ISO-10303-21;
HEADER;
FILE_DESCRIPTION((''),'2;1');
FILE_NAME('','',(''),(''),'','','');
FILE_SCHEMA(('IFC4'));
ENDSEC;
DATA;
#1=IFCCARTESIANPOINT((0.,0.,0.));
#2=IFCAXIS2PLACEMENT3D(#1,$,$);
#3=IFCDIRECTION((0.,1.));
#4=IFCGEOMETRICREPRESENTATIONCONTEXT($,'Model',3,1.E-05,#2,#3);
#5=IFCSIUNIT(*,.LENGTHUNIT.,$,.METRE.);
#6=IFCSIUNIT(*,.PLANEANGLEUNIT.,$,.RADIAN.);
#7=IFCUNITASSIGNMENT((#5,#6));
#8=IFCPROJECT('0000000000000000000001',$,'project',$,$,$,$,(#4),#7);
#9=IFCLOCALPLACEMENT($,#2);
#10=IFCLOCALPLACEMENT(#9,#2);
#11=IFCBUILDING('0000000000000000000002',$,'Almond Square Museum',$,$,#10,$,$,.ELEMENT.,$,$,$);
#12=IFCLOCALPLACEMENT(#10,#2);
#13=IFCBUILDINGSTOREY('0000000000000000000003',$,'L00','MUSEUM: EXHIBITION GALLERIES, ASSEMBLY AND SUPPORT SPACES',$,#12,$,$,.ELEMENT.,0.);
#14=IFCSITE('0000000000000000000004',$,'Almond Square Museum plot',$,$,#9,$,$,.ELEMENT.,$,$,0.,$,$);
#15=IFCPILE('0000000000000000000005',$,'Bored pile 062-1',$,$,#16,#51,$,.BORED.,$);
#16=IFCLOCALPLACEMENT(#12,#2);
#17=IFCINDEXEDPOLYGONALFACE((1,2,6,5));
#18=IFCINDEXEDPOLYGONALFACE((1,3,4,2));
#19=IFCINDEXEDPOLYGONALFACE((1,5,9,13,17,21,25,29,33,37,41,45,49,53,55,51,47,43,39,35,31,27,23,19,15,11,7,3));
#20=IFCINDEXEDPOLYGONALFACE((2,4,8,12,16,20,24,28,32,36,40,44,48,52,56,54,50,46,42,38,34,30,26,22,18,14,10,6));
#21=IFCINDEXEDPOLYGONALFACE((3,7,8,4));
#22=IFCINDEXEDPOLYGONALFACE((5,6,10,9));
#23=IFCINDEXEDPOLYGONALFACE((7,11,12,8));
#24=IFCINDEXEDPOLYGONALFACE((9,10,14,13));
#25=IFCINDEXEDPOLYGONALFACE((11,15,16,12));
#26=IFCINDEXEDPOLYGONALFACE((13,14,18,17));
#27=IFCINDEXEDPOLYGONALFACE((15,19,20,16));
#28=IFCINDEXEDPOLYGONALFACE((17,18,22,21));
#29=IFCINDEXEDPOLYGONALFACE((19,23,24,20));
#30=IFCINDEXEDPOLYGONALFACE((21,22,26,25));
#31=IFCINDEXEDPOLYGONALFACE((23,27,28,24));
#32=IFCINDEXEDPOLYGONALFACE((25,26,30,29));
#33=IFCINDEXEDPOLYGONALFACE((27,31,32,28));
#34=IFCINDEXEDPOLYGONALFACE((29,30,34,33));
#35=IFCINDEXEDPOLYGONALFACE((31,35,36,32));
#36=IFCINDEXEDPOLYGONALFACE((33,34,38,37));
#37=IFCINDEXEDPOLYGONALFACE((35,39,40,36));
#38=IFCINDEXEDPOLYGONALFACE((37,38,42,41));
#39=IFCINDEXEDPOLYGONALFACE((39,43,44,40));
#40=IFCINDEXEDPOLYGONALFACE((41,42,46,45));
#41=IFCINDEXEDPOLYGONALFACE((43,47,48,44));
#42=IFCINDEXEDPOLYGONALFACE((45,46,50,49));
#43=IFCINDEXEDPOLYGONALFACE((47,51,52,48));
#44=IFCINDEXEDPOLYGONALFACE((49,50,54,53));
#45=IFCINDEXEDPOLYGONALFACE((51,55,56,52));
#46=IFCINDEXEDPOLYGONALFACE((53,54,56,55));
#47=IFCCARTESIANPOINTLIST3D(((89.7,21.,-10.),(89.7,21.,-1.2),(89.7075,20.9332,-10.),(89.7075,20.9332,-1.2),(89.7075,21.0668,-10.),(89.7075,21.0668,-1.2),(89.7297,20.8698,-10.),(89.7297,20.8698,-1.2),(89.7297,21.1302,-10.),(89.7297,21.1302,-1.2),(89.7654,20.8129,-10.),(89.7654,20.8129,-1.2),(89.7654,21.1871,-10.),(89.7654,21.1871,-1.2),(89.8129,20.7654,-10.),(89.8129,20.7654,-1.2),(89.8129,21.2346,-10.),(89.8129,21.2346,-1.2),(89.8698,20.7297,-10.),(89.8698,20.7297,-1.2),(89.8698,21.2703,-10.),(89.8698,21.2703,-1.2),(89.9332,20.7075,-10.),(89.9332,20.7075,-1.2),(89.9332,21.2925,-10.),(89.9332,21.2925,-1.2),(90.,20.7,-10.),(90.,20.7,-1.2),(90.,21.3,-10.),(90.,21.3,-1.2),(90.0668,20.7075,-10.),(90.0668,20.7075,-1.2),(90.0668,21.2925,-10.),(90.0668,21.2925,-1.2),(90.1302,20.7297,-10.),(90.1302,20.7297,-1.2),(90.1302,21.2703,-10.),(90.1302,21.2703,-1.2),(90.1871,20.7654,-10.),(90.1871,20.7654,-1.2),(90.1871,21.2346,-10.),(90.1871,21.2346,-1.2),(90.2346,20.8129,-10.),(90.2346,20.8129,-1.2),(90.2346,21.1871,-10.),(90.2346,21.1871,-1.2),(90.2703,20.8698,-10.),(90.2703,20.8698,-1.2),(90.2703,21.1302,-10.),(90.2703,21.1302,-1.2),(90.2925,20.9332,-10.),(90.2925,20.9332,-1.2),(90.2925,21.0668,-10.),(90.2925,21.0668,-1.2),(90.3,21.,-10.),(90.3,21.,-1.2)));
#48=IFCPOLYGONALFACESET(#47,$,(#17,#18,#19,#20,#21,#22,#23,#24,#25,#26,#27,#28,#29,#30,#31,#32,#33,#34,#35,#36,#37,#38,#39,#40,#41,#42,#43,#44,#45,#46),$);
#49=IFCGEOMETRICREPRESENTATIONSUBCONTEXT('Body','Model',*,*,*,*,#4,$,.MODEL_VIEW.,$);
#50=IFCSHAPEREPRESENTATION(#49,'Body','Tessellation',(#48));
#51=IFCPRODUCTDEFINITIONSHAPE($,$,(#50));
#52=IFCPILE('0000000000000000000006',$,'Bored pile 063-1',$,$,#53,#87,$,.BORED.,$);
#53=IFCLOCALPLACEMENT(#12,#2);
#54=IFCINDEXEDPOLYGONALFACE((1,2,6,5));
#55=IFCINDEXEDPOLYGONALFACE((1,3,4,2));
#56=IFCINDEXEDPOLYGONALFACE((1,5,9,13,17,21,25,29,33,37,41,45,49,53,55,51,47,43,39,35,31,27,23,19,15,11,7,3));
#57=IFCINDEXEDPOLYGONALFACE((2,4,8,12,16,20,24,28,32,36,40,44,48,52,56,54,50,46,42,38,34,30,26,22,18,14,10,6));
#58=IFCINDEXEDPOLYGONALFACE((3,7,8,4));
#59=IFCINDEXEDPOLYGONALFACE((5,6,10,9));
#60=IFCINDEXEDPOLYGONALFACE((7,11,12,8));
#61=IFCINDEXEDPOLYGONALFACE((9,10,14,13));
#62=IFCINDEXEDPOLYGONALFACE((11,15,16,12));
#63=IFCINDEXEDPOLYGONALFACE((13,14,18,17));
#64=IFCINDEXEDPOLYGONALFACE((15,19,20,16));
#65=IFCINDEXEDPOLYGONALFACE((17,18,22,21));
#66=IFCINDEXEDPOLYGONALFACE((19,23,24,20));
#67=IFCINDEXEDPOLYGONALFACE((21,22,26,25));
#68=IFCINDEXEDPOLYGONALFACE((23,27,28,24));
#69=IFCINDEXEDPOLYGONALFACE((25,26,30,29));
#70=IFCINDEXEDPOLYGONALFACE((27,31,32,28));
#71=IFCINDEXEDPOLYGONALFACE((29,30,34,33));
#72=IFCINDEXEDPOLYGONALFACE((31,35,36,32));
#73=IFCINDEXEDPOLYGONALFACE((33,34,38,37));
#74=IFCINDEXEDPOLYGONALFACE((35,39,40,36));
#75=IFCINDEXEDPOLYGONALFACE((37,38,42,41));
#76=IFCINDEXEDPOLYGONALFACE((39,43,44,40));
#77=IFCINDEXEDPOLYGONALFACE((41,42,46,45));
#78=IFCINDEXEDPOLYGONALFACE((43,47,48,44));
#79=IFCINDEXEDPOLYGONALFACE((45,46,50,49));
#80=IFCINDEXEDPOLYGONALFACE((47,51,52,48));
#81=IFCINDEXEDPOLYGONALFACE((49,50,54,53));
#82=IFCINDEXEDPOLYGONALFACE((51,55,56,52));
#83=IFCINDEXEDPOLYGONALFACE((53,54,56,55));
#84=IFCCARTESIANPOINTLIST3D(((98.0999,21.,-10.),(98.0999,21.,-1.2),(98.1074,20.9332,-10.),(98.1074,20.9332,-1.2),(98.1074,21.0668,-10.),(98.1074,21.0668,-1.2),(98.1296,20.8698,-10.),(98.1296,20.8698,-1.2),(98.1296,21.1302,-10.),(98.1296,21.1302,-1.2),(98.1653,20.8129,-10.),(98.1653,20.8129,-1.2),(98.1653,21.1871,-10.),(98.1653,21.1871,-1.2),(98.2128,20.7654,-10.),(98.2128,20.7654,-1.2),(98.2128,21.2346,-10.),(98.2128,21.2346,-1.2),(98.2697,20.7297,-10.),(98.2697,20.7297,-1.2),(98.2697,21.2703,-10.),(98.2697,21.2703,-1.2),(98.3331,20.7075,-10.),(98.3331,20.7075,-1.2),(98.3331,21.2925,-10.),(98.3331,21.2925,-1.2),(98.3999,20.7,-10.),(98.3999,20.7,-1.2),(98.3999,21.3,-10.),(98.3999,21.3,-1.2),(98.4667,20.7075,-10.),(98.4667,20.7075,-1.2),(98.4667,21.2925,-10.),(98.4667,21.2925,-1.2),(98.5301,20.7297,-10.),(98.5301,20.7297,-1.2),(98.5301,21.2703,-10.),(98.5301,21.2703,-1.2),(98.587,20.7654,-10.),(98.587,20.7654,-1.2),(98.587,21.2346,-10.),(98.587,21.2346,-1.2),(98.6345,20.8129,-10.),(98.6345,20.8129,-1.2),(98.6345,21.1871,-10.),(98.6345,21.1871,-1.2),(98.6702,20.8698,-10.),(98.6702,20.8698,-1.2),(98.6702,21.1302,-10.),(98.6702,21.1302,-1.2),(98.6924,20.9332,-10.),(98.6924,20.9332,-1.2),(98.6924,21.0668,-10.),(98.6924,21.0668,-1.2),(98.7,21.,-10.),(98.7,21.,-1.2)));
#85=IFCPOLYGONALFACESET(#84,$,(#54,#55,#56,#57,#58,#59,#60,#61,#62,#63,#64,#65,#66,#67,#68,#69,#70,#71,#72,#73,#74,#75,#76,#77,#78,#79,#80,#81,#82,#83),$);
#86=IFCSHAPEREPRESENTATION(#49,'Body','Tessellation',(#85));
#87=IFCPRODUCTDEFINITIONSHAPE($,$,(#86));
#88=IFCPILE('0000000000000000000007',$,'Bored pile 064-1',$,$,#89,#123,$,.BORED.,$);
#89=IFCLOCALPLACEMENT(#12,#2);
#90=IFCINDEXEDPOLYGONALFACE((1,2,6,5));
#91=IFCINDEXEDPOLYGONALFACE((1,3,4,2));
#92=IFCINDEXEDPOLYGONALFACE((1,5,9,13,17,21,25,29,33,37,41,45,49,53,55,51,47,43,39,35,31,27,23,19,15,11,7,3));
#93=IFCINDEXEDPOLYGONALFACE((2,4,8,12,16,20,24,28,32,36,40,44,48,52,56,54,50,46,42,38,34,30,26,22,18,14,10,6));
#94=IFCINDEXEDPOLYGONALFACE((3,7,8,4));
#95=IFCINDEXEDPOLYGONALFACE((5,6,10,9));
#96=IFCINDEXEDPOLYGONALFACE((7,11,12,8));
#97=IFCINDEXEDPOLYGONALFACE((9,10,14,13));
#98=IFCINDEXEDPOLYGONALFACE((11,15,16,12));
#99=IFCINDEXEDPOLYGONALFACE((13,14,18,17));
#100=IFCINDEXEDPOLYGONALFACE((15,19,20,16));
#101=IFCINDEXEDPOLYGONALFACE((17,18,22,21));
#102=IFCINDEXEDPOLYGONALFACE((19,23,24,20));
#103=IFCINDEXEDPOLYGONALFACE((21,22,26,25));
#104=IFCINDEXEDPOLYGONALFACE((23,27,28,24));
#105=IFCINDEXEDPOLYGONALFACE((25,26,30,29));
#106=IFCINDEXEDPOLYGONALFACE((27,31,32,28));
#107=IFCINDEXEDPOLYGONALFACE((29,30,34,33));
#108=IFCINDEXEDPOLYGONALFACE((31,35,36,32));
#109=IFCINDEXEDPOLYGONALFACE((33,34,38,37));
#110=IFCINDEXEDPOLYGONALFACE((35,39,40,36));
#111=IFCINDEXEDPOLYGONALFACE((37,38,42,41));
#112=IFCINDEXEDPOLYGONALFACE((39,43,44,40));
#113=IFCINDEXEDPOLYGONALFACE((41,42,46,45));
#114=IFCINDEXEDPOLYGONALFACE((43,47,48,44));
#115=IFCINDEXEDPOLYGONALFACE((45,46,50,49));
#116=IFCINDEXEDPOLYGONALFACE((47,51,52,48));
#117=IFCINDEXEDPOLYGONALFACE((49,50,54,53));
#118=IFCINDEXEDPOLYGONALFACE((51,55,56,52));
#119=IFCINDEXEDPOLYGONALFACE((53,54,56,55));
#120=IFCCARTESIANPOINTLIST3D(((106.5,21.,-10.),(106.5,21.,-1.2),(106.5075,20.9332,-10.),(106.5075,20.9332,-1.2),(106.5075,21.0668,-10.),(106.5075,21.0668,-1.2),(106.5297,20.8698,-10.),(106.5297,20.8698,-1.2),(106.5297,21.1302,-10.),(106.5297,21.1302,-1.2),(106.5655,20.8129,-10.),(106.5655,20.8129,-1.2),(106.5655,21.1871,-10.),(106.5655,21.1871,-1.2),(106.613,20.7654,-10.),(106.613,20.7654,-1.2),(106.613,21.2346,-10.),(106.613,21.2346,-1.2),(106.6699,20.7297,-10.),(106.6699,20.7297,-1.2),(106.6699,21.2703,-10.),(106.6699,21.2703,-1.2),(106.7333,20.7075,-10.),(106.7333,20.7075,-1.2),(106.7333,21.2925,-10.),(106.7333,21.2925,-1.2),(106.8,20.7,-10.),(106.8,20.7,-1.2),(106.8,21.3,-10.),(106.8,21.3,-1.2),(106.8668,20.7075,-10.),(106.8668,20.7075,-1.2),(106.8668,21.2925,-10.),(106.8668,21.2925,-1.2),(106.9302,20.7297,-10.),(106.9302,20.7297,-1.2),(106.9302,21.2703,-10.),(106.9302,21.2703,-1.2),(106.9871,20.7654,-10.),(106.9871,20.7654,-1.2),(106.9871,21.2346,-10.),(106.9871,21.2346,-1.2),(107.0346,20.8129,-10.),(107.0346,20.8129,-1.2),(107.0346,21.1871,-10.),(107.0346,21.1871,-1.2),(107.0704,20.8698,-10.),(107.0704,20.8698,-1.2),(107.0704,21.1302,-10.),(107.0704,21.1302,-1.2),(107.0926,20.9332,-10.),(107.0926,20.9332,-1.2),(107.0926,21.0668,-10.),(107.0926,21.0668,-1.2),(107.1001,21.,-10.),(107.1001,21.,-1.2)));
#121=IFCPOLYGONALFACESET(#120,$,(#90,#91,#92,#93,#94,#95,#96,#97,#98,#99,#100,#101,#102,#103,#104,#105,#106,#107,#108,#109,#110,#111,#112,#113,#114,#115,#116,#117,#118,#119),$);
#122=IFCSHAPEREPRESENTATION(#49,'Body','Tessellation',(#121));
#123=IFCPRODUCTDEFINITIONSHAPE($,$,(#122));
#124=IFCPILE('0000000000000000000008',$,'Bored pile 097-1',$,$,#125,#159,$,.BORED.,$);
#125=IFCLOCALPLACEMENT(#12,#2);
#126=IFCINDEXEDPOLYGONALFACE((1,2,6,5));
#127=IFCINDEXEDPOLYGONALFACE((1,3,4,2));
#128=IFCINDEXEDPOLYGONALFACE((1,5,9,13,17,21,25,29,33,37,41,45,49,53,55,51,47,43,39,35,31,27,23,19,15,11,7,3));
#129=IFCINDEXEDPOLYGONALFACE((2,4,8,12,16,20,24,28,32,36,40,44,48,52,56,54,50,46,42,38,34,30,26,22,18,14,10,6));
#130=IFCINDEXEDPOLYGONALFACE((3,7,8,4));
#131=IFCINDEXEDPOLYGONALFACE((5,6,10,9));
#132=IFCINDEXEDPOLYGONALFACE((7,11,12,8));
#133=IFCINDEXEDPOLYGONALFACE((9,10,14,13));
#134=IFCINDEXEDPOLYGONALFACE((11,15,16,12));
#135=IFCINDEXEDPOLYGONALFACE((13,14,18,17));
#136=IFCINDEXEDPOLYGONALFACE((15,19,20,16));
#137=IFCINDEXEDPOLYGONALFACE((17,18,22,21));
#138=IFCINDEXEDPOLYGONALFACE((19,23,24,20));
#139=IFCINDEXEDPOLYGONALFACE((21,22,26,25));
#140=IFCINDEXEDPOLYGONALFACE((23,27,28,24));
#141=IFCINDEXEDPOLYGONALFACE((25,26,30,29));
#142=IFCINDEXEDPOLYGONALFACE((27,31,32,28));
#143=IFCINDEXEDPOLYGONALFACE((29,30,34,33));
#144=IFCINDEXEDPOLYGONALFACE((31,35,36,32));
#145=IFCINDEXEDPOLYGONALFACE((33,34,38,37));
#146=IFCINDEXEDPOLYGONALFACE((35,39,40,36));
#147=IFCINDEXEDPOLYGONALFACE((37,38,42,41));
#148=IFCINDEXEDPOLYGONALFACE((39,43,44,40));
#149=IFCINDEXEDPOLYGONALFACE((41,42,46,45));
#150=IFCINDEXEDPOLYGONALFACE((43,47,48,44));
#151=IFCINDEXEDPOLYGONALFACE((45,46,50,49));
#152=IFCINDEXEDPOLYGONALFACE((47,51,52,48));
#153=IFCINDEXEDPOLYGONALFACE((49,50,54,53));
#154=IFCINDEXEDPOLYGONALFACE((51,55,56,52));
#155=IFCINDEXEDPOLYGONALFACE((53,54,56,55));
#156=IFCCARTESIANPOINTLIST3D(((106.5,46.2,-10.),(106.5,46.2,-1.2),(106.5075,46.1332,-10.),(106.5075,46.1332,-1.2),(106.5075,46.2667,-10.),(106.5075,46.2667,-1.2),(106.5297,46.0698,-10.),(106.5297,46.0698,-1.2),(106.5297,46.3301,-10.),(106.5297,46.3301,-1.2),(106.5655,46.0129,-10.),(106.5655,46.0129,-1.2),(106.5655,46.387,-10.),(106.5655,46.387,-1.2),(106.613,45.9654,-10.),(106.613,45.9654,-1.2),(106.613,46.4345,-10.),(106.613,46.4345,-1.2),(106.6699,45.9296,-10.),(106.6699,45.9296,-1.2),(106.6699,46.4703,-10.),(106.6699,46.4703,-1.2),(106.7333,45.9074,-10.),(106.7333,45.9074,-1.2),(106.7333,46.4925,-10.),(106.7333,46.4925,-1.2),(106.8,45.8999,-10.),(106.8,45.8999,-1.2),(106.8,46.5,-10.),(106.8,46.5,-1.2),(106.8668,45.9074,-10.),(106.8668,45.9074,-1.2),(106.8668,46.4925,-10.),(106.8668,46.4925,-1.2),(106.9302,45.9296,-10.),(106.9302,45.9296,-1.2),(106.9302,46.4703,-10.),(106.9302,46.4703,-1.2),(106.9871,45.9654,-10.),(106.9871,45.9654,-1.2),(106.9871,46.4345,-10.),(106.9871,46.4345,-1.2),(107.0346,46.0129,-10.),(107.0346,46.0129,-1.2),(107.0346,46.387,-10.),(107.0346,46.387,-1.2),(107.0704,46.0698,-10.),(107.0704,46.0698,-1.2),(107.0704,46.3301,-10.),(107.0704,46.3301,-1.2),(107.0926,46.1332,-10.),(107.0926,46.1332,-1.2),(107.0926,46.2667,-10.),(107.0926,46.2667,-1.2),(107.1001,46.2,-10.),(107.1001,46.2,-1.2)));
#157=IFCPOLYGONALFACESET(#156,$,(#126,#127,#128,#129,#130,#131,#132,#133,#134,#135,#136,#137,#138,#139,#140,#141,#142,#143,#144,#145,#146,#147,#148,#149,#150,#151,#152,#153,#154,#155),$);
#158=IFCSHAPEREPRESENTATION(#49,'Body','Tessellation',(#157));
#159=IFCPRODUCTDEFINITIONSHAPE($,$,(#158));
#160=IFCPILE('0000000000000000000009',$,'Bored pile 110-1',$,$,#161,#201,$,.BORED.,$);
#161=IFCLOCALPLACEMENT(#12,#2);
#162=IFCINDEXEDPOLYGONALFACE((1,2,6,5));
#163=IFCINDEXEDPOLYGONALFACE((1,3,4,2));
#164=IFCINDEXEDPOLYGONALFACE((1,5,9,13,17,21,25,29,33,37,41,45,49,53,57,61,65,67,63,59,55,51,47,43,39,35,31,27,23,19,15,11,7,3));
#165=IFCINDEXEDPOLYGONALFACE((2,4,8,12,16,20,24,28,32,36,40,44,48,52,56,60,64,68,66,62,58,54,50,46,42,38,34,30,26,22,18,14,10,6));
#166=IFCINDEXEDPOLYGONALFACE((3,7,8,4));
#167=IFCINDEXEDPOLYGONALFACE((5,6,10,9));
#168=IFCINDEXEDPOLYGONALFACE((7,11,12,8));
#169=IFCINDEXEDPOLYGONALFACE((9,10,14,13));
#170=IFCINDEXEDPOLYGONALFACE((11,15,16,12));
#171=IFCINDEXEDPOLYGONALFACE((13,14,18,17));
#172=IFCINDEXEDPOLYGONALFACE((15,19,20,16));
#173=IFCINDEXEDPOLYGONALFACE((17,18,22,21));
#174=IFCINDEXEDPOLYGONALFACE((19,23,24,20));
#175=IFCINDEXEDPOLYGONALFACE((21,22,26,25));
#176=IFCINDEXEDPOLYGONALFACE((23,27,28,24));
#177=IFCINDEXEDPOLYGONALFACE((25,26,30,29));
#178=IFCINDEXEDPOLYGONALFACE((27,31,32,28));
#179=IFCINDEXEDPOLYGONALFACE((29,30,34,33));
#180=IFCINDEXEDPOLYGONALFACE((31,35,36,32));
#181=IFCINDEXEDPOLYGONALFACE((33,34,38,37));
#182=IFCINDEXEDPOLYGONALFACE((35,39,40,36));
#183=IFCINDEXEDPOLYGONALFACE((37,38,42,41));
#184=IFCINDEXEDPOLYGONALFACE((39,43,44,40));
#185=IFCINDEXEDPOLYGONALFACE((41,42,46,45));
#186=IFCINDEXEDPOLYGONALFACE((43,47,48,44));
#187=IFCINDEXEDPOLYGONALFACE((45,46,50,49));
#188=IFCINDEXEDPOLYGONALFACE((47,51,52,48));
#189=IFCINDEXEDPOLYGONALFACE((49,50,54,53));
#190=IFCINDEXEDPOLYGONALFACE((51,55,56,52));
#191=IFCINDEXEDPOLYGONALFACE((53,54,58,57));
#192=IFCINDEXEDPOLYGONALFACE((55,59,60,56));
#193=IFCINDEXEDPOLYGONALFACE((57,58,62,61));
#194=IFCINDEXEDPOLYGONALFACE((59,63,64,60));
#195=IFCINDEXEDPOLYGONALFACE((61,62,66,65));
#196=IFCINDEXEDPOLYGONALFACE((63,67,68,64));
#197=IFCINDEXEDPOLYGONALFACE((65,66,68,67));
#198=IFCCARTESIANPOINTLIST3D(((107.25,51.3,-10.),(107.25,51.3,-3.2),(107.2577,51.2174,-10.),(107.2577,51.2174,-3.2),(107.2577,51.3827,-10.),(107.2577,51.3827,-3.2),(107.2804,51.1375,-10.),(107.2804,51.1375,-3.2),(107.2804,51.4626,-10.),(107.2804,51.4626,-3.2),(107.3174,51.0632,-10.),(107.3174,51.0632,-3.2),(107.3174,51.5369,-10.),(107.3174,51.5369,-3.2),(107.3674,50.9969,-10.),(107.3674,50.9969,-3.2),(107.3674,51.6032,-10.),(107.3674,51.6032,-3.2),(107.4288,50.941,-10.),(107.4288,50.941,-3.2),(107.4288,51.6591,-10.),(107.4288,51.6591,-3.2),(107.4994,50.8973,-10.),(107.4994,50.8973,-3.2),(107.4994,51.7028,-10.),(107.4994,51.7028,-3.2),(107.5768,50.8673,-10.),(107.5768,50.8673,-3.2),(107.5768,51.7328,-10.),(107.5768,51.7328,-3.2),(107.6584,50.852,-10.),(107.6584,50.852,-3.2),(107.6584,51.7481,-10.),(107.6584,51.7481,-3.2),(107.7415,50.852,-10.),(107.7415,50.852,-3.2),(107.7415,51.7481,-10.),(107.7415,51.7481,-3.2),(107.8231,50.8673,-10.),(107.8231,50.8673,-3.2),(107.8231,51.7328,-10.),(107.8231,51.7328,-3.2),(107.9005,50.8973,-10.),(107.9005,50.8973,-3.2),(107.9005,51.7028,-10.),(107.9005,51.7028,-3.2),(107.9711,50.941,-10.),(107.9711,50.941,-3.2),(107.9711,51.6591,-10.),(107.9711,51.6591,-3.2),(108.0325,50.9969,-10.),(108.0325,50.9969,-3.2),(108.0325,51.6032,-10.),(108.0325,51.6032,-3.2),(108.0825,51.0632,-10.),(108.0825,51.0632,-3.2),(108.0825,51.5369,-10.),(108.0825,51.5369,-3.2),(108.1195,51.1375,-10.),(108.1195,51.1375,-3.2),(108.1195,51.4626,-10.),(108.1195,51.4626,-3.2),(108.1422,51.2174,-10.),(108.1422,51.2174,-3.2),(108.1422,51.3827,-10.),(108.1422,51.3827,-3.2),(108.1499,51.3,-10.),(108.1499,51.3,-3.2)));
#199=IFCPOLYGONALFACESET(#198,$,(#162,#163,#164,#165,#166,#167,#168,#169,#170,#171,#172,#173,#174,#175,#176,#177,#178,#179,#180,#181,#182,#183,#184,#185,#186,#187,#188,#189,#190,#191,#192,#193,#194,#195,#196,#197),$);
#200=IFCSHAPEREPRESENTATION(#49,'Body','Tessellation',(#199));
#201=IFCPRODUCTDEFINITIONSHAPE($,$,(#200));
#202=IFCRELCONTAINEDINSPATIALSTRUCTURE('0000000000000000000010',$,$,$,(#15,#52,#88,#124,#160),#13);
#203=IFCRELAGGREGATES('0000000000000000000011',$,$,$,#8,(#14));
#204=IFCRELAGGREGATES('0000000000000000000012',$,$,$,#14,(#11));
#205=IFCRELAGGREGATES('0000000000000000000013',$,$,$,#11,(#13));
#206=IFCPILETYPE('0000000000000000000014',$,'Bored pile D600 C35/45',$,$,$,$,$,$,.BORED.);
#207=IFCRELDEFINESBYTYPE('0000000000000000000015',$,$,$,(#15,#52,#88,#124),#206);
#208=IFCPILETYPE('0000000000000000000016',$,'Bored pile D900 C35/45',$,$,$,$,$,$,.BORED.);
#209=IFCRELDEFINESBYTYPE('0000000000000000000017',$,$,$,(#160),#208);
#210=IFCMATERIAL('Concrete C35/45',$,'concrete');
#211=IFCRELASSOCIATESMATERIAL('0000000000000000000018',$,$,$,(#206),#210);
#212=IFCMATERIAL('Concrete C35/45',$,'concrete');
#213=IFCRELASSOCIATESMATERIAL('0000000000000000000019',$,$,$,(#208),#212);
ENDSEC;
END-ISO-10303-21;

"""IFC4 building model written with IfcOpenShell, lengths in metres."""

from ifc_helpers import new_model, si_unit, direction, frame, origin, origin_2d, place, context, subcontext, project, spatial, circle, extrude, material, material_profile, profile_set, type_object, element, save


model = new_model("IFC4")

# Units and contexts
model_context = context("Model", 3, precision=1e-05, world=origin(), true_north=direction((0.0, 1.0)))
body_context = subcontext(model_context, "Body", "Model", "MODEL_VIEW")
ifc_project = project(units=[si_unit("LENGTHUNIT", "METRE"), si_unit("PLANEANGLEUNIT", "RADIAN")], contexts=[model_context])

# Site, building, storey
site_placement = place(None, origin())
site = spatial("IfcSite", under=ifc_project, at=site_placement, Name="Almond Square Museum plot", CompositionType="ELEMENT", RefElevation=0.0)
building_placement = place(site_placement, origin())
building = spatial("IfcBuilding", under=site, at=building_placement, Name="Almond Square Museum", CompositionType="ELEMENT")
storey_placement = place(building_placement, origin())
storey = spatial("IfcBuildingStorey", under=building, at=storey_placement, Name="L00", Description="MUSEUM: EXHIBITION GALLERIES, ASSEMBLY AND SUPPORT SPACES", CompositionType="ELEMENT", Elevation=0.0)

# Piles
ifc_material_1 = material(Name="Concrete C35/45", Category="concrete")
ifc_material_profile_1 = material_profile(ifc_material_1, circle(Radius=0.3, at=origin_2d()))
ifc_profile_set_1 = profile_set([ifc_material_profile_1], Name="Concrete C35/45")
pile_type_1 = type_object("IfcPileType", Name="Bored pile D600 C35/45", PredefinedType="BORED", material=ifc_profile_set_1)
for number, where, z_axis, x_axis, name in (
    (1, (90.0, 21.0, -1.2), (0.0, 0.0, -1.0), (1.0, 0.0, 0.0), "Bored pile 062-1"),
    (2, (98.3999, 21.0, -1.2), (0.0, 0.0, -1.0), (1.0, 0.0, 0.0), "Bored pile 063-1"),
    (3, (106.8, 21.0, -1.2), (0.0, 0.0, -1.0), (1.0, 0.0, 0.0), "Bored pile 064-1"),
    (4, (106.8, 46.2, -1.2), (0.0, 0.0, -1.0), (1.0, 0.0, 0.0), "Bored pile 097-1"),
):
    element("IfcPile", number, at=place(storey_placement, frame(where, z_axis=z_axis, x_axis=x_axis)), inside=storey, type_object=pile_type_1, Name=name, PredefinedType="BORED", context=body_context, shape_type="SweptSolid", body=[
        extrude(circle(Radius=0.3, at=origin_2d()), origin(), (0.0, 0.0, 1.0), 8.8),
    ])
ifc_material_2 = material(Name="Concrete C35/45", Category="concrete")
ifc_material_profile_2 = material_profile(ifc_material_2, circle(Radius=0.45, at=origin_2d()))
ifc_profile_set_2 = profile_set([ifc_material_profile_2], Name="Concrete C35/45")
pile_type_2 = type_object("IfcPileType", Name="Bored pile D900 C35/45", PredefinedType="BORED", material=ifc_profile_set_2)
for number, where, z_axis, x_axis, name in (
    (5, (107.7, 51.3, -3.2), (0.0, 0.0, -1.0), (1.0, 0.0, 0.0), "Bored pile 110-1"),
):
    element("IfcPile", number, at=place(storey_placement, frame(where, z_axis=z_axis, x_axis=x_axis)), inside=storey, type_object=pile_type_2, Name=name, PredefinedType="BORED", context=body_context, shape_type="SweptSolid", body=[
        extrude(circle(Radius=0.45, at=origin_2d()), origin(), (0.0, 0.0, 1.0), 6.8),
    ])

save(model, "model.ifc")
